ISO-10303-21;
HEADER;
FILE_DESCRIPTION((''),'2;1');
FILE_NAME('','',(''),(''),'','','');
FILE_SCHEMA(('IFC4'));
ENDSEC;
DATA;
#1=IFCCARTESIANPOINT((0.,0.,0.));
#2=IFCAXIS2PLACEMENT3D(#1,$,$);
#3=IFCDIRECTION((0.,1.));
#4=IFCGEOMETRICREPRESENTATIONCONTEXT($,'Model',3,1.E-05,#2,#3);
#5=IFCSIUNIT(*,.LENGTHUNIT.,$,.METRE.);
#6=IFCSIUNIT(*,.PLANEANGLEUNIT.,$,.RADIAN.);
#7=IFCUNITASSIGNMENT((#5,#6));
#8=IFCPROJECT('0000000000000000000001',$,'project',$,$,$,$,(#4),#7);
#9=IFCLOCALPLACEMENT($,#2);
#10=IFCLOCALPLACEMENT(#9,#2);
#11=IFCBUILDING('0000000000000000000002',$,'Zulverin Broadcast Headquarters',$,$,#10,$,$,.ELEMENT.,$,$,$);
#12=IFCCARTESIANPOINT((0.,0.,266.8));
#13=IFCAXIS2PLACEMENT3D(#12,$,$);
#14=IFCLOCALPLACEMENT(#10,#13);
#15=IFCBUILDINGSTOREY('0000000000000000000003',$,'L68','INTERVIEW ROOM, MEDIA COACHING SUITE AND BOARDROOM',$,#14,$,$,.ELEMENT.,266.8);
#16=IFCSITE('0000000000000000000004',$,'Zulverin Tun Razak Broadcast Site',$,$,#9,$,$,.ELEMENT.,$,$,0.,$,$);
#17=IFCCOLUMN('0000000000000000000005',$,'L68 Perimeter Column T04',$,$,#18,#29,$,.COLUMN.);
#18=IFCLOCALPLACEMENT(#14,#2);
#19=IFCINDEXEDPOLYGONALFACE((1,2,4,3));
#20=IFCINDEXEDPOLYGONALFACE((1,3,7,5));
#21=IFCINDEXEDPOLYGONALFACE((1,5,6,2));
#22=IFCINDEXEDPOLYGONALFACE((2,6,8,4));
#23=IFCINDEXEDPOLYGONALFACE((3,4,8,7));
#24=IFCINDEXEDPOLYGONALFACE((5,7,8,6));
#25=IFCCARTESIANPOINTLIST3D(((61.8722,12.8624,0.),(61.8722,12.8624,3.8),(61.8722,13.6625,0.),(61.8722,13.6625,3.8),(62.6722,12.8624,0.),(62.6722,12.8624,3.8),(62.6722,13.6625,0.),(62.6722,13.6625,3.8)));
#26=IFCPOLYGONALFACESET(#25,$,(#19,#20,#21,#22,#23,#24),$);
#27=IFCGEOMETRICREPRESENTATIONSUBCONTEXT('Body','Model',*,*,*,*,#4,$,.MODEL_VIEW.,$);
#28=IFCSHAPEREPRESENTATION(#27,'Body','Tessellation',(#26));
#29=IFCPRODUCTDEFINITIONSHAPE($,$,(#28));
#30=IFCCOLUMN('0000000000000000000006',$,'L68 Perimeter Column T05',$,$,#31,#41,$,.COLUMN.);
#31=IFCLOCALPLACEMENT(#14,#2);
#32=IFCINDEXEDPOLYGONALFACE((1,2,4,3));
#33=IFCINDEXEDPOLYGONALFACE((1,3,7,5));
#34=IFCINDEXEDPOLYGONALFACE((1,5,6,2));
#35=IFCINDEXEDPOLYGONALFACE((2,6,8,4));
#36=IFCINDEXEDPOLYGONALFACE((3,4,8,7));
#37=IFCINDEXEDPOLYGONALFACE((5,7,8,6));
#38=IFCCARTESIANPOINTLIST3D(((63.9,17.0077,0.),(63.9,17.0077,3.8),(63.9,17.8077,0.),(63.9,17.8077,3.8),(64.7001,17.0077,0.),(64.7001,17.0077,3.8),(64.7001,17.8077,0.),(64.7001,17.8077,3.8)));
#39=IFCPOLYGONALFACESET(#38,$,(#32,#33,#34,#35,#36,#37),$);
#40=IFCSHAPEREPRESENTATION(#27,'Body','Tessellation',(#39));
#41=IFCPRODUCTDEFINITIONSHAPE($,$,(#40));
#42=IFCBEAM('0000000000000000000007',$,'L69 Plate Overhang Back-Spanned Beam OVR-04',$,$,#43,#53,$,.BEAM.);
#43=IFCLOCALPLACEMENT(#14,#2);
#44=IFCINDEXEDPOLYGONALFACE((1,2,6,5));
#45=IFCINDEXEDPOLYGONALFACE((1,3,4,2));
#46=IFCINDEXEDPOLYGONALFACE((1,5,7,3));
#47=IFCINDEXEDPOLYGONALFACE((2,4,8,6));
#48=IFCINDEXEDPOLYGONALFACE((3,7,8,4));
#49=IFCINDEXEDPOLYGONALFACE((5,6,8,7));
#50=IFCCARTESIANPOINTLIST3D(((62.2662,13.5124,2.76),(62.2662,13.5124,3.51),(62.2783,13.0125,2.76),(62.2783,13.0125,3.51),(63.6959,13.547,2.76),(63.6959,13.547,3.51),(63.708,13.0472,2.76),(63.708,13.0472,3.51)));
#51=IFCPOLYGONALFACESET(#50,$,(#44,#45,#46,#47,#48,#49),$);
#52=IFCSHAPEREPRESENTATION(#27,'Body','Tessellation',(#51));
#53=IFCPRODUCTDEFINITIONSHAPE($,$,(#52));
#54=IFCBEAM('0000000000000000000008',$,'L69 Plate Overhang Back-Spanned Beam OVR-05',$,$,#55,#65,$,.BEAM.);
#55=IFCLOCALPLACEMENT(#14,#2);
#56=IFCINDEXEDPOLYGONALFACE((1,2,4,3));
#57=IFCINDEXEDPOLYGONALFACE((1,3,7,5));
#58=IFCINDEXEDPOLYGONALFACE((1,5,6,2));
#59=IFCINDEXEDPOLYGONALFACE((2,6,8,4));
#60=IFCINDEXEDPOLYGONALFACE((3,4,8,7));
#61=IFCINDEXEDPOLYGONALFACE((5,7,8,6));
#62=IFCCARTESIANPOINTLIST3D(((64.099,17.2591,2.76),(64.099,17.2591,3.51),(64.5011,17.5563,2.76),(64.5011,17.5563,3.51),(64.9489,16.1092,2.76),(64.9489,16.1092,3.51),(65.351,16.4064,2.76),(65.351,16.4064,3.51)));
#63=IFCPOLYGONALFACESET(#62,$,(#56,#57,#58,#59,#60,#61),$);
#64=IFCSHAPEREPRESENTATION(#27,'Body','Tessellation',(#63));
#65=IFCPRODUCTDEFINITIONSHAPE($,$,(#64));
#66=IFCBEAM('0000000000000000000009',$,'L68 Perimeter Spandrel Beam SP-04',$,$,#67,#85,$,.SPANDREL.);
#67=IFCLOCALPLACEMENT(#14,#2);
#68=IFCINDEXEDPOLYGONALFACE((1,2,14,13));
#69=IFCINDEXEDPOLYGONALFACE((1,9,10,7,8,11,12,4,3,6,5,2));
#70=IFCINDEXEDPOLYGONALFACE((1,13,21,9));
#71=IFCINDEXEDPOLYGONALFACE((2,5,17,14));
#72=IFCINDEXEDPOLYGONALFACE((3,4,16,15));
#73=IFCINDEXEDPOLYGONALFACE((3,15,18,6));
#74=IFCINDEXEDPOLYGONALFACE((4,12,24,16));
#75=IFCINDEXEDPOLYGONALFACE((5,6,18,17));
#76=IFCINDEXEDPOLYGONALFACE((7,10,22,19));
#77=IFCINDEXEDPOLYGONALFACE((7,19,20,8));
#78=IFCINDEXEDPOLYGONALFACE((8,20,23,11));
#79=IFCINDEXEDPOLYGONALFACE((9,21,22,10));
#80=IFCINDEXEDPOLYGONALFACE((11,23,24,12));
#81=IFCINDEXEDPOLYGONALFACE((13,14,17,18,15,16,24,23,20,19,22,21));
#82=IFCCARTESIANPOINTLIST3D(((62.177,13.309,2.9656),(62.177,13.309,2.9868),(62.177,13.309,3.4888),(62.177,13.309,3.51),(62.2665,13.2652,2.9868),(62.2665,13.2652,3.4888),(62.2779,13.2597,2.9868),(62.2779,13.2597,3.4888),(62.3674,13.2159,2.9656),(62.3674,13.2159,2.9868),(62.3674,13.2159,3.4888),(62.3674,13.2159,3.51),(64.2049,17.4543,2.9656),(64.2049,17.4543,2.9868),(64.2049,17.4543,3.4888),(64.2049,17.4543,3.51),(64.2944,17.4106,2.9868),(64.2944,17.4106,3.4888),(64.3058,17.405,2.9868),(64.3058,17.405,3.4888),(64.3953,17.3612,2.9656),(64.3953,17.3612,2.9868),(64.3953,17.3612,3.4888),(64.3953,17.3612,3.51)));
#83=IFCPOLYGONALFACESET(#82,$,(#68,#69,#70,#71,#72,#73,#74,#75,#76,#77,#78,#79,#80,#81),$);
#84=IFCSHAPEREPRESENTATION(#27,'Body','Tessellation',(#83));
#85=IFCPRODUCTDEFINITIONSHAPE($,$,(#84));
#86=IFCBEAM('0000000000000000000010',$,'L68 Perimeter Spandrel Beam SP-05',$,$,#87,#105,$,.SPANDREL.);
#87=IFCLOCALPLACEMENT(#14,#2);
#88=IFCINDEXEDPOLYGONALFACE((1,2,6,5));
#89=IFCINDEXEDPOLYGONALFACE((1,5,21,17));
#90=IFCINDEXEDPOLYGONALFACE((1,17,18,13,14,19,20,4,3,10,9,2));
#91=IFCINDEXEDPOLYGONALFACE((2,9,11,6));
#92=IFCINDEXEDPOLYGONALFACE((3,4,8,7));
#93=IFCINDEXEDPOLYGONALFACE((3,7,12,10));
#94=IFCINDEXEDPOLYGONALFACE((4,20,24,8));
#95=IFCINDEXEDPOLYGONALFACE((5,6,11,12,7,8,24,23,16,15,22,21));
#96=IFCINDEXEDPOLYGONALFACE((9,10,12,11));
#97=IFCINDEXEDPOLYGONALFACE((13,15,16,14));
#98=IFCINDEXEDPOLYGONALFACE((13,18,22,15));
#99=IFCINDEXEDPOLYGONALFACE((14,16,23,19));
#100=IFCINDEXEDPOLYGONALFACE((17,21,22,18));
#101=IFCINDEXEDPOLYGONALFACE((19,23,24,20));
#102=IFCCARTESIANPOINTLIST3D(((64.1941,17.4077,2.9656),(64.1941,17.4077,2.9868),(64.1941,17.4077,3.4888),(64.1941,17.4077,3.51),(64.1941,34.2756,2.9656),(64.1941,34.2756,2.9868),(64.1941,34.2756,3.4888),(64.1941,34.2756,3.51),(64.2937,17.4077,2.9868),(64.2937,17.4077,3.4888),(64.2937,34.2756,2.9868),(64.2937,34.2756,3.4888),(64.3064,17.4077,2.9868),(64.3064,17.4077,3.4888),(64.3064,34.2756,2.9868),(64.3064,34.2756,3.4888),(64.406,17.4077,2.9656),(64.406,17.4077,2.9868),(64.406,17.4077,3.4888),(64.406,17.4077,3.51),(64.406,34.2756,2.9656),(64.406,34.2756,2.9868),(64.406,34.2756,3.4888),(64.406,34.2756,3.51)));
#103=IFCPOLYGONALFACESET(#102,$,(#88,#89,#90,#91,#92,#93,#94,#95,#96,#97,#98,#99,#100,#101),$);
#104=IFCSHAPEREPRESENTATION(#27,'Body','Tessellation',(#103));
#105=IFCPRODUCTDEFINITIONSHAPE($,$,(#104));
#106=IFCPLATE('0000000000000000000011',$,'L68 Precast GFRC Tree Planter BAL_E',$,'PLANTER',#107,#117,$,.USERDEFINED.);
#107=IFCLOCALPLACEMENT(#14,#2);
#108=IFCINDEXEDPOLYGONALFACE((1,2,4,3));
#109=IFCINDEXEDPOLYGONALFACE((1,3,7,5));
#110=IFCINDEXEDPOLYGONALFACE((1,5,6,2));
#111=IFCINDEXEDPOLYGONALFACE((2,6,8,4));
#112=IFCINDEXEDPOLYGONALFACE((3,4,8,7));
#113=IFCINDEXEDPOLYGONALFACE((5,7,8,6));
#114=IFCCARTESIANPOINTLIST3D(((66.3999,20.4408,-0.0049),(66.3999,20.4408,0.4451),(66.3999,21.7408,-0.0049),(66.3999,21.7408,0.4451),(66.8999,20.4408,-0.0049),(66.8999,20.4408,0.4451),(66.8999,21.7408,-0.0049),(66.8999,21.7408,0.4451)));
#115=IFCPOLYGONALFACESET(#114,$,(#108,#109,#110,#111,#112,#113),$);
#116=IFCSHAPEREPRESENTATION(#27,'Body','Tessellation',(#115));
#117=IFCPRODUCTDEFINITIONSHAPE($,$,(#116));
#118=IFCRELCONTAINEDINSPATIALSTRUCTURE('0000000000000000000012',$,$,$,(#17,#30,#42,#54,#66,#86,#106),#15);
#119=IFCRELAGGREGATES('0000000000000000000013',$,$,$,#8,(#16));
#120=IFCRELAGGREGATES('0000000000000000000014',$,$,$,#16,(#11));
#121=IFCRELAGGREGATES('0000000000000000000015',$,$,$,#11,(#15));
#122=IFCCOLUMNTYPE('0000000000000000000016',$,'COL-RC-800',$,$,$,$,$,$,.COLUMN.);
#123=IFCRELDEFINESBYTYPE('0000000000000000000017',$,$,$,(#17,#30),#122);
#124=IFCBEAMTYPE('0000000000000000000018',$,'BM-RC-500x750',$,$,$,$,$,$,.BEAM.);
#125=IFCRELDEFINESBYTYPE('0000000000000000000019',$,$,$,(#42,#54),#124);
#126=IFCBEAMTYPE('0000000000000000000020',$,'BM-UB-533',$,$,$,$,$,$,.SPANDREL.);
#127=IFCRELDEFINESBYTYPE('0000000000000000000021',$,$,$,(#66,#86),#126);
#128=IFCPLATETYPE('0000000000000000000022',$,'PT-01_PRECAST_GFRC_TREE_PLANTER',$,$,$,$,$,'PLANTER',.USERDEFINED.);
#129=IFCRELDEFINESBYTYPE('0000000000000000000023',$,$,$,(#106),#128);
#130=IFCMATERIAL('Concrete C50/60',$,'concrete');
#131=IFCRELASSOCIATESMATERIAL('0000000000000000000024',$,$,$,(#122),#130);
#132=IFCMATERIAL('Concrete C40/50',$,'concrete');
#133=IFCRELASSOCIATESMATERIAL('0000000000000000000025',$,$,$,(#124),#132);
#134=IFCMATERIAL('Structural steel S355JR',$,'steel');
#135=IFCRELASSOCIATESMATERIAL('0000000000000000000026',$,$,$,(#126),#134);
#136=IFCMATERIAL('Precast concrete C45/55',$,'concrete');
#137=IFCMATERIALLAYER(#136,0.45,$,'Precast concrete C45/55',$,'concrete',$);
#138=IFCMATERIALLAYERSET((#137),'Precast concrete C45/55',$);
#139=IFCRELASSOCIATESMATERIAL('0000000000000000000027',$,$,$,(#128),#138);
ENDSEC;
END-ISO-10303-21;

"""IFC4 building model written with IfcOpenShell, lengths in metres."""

from ifc_helpers import new_model, si_unit, direction, frame, origin, origin_2d, place, context, subcontext, project, spatial, rectangle, i_section, extrude, material, layer, layer_set, material_profile, profile_set, type_object, element, save


model = new_model("IFC4")

# Units and contexts
model_context = context("Model", 3, precision=1e-05, world=origin(), true_north=direction((0.0, 1.0)))
body_context = subcontext(model_context, "Body", "Model", "MODEL_VIEW")
ifc_project = project(units=[si_unit("LENGTHUNIT", "METRE"), si_unit("PLANEANGLEUNIT", "RADIAN")], contexts=[model_context])

# Site, building, storey
site_placement = place(None, origin())
site = spatial("IfcSite", under=ifc_project, at=site_placement, Name="Zulverin Tun Razak Broadcast Site", CompositionType="ELEMENT", RefElevation=0.0)
building_placement = place(site_placement, origin())
building = spatial("IfcBuilding", under=site, at=building_placement, Name="Zulverin Broadcast Headquarters", CompositionType="ELEMENT")
storey_placement = place(building_placement, frame((0.0, 0.0, 266.8)))
storey = spatial("IfcBuildingStorey", under=building, at=storey_placement, Name="L68", Description="INTERVIEW ROOM, MEDIA COACHING SUITE AND BOARDROOM", CompositionType="ELEMENT", Elevation=266.8)

# Columns
ifc_material_1 = material(Name="Concrete C50/60", Category="concrete")
ifc_material_profile_1 = material_profile(ifc_material_1, rectangle(XDim=0.8, YDim=0.8, at=origin_2d()), Name="Concrete C50/60", Category="concrete")
ifc_profile_set_1 = profile_set([ifc_material_profile_1], Name="Concrete C50/60")
column_type = type_object("IfcColumnType", Name="COL-RC-800", PredefinedType="COLUMN", material=ifc_profile_set_1)
for number, where, z_axis, x_axis, name in (
    (1, (62.2722, 13.2625, 0.0), (0.0, 0.0, 1.0), (1.0, 0.0, 0.0), "L68 Perimeter Column T04"),
    (2, (64.3, 17.4077, 0.0), (0.0, 0.0, 1.0), (1.0, 0.0, 0.0), "L68 Perimeter Column T05"),
):
    element("IfcColumn", number, at=place(storey_placement, frame(where, z_axis=z_axis, x_axis=x_axis)), inside=storey, type_object=column_type, Name=name, PredefinedType="COLUMN", context=body_context, shape_type="SweptSolid", body=[
        extrude(rectangle(XDim=0.8, YDim=0.8, at=origin_2d()), origin(), (0.0, 0.0, 1.0), 3.8),
    ])

# Beams
ifc_material_2 = material(Name="Concrete C40/50", Category="concrete")
ifc_material_profile_2 = material_profile(ifc_material_2, rectangle(XDim=0.5, YDim=0.75, at=origin_2d()), Name="Concrete C40/50", Category="concrete")
ifc_profile_set_2 = profile_set([ifc_material_profile_2], Name="Concrete C40/50")
beam_type_1 = type_object("IfcBeamType", Name="BM-RC-500x750", PredefinedType="BEAM", material=ifc_profile_set_2)
beam_1_placement = place(storey_placement, frame((62.2722, 13.2625, 3.135), z_axis=(0.999706, 0.024242, 0.0), x_axis=(-0.024242, 0.999706, 0.0)))
element("IfcBeam", 3, at=beam_1_placement, inside=storey, type_object=beam_type_1, Name="L69 Plate Overhang Back-Spanned Beam OVR-04", PredefinedType="BEAM", context=body_context, shape_type="SweptSolid", body=[
    extrude(rectangle(XDim=0.5, YDim=0.75, at=origin_2d()), origin(), (0.0, 0.0, 1.0), 1.4302),
])
beam_2_placement = place(storey_placement, frame((64.3, 17.4077, 3.135), z_axis=(0.594357, -0.804201, 0.0), x_axis=(0.804201, 0.594357, 0.0)))
element("IfcBeam", 4, at=beam_2_placement, inside=storey, type_object=beam_type_1, Name="L69 Plate Overhang Back-Spanned Beam OVR-05", PredefinedType="BEAM", context=body_context, shape_type="SweptSolid", body=[
    extrude(rectangle(XDim=0.5, YDim=0.75, at=origin_2d()), origin(), (0.0, 0.0, 1.0), 1.4299),
])
ifc_material_3 = material(Name="Structural steel S355JR", Category="steel")
ifc_material_profile_3 = material_profile(ifc_material_3, i_section(OverallWidth=0.2119, OverallDepth=0.5444, WebThickness=0.0127, FlangeThickness=0.0212, at=origin_2d()), Name="Structural steel S355JR", Category="steel")
ifc_profile_set_3 = profile_set([ifc_material_profile_3], Name="Structural steel S355JR")
beam_type_2 = type_object("IfcBeamType", Name="BM-UB-533", PredefinedType="SPANDREL", material=ifc_profile_set_3)
beam_3_placement = place(storey_placement, frame((62.2722, 13.2625, 3.2378), z_axis=(0.43943, 0.898277, 0.0), x_axis=(-0.898277, 0.43943, 0.0)))
element("IfcBeam", 5, at=beam_3_placement, inside=storey, type_object=beam_type_2, Name="L68 Perimeter Spandrel Beam SP-04", PredefinedType="SPANDREL", context=body_context, shape_type="SweptSolid", body=[
    extrude(i_section(OverallWidth=0.2119, OverallDepth=0.5444, WebThickness=0.0127, FlangeThickness=0.0212, at=origin_2d()), origin(), (0.0, 0.0, 1.0), 4.6147),
])
beam_4_placement = place(storey_placement, frame((64.3, 17.4077, 3.2378), z_axis=(0.0, 1.0, 0.0), x_axis=(-1.0, 0.0, 0.0)))
element("IfcBeam", 6, at=beam_4_placement, inside=storey, type_object=beam_type_2, Name="L68 Perimeter Spandrel Beam SP-05", PredefinedType="SPANDREL", context=body_context, shape_type="SweptSolid", body=[
    extrude(i_section(OverallWidth=0.2119, OverallDepth=0.5444, WebThickness=0.0127, FlangeThickness=0.0212, at=origin_2d()), origin(), (0.0, 0.0, 1.0), 16.8679),
])

# Plate
ifc_material_4 = material(Name="Precast concrete C45/55", Category="concrete")
ifc_layer_1 = layer(ifc_material_4, 0.45, Name="Precast concrete C45/55", Category="concrete")
ifc_layer_set_1 = layer_set([ifc_layer_1], Name="Precast concrete C45/55")
plate_type = type_object("IfcPlateType", Name="PT-01_PRECAST_GFRC_TREE_PLANTER", ElementType="PLANTER", PredefinedType="USERDEFINED", material=ifc_layer_set_1)
plate_placement = place(storey_placement, frame((66.6499, 21.0908, -0.0049), z_axis=(0.0, 0.0, 1.0), x_axis=(0.0, 1.0, 0.0)))
element("IfcPlate", 7, at=plate_placement, inside=storey, type_object=plate_type, Name="L68 Precast GFRC Tree Planter BAL_E", ObjectType="PLANTER", PredefinedType="USERDEFINED", context=body_context, shape_type="SweptSolid", body=[
    extrude(rectangle(XDim=1.3, YDim=0.5, at=origin_2d()), origin(), (0.0, 0.0, 1.0), 0.45),
])

save(model, "model.ifc")
